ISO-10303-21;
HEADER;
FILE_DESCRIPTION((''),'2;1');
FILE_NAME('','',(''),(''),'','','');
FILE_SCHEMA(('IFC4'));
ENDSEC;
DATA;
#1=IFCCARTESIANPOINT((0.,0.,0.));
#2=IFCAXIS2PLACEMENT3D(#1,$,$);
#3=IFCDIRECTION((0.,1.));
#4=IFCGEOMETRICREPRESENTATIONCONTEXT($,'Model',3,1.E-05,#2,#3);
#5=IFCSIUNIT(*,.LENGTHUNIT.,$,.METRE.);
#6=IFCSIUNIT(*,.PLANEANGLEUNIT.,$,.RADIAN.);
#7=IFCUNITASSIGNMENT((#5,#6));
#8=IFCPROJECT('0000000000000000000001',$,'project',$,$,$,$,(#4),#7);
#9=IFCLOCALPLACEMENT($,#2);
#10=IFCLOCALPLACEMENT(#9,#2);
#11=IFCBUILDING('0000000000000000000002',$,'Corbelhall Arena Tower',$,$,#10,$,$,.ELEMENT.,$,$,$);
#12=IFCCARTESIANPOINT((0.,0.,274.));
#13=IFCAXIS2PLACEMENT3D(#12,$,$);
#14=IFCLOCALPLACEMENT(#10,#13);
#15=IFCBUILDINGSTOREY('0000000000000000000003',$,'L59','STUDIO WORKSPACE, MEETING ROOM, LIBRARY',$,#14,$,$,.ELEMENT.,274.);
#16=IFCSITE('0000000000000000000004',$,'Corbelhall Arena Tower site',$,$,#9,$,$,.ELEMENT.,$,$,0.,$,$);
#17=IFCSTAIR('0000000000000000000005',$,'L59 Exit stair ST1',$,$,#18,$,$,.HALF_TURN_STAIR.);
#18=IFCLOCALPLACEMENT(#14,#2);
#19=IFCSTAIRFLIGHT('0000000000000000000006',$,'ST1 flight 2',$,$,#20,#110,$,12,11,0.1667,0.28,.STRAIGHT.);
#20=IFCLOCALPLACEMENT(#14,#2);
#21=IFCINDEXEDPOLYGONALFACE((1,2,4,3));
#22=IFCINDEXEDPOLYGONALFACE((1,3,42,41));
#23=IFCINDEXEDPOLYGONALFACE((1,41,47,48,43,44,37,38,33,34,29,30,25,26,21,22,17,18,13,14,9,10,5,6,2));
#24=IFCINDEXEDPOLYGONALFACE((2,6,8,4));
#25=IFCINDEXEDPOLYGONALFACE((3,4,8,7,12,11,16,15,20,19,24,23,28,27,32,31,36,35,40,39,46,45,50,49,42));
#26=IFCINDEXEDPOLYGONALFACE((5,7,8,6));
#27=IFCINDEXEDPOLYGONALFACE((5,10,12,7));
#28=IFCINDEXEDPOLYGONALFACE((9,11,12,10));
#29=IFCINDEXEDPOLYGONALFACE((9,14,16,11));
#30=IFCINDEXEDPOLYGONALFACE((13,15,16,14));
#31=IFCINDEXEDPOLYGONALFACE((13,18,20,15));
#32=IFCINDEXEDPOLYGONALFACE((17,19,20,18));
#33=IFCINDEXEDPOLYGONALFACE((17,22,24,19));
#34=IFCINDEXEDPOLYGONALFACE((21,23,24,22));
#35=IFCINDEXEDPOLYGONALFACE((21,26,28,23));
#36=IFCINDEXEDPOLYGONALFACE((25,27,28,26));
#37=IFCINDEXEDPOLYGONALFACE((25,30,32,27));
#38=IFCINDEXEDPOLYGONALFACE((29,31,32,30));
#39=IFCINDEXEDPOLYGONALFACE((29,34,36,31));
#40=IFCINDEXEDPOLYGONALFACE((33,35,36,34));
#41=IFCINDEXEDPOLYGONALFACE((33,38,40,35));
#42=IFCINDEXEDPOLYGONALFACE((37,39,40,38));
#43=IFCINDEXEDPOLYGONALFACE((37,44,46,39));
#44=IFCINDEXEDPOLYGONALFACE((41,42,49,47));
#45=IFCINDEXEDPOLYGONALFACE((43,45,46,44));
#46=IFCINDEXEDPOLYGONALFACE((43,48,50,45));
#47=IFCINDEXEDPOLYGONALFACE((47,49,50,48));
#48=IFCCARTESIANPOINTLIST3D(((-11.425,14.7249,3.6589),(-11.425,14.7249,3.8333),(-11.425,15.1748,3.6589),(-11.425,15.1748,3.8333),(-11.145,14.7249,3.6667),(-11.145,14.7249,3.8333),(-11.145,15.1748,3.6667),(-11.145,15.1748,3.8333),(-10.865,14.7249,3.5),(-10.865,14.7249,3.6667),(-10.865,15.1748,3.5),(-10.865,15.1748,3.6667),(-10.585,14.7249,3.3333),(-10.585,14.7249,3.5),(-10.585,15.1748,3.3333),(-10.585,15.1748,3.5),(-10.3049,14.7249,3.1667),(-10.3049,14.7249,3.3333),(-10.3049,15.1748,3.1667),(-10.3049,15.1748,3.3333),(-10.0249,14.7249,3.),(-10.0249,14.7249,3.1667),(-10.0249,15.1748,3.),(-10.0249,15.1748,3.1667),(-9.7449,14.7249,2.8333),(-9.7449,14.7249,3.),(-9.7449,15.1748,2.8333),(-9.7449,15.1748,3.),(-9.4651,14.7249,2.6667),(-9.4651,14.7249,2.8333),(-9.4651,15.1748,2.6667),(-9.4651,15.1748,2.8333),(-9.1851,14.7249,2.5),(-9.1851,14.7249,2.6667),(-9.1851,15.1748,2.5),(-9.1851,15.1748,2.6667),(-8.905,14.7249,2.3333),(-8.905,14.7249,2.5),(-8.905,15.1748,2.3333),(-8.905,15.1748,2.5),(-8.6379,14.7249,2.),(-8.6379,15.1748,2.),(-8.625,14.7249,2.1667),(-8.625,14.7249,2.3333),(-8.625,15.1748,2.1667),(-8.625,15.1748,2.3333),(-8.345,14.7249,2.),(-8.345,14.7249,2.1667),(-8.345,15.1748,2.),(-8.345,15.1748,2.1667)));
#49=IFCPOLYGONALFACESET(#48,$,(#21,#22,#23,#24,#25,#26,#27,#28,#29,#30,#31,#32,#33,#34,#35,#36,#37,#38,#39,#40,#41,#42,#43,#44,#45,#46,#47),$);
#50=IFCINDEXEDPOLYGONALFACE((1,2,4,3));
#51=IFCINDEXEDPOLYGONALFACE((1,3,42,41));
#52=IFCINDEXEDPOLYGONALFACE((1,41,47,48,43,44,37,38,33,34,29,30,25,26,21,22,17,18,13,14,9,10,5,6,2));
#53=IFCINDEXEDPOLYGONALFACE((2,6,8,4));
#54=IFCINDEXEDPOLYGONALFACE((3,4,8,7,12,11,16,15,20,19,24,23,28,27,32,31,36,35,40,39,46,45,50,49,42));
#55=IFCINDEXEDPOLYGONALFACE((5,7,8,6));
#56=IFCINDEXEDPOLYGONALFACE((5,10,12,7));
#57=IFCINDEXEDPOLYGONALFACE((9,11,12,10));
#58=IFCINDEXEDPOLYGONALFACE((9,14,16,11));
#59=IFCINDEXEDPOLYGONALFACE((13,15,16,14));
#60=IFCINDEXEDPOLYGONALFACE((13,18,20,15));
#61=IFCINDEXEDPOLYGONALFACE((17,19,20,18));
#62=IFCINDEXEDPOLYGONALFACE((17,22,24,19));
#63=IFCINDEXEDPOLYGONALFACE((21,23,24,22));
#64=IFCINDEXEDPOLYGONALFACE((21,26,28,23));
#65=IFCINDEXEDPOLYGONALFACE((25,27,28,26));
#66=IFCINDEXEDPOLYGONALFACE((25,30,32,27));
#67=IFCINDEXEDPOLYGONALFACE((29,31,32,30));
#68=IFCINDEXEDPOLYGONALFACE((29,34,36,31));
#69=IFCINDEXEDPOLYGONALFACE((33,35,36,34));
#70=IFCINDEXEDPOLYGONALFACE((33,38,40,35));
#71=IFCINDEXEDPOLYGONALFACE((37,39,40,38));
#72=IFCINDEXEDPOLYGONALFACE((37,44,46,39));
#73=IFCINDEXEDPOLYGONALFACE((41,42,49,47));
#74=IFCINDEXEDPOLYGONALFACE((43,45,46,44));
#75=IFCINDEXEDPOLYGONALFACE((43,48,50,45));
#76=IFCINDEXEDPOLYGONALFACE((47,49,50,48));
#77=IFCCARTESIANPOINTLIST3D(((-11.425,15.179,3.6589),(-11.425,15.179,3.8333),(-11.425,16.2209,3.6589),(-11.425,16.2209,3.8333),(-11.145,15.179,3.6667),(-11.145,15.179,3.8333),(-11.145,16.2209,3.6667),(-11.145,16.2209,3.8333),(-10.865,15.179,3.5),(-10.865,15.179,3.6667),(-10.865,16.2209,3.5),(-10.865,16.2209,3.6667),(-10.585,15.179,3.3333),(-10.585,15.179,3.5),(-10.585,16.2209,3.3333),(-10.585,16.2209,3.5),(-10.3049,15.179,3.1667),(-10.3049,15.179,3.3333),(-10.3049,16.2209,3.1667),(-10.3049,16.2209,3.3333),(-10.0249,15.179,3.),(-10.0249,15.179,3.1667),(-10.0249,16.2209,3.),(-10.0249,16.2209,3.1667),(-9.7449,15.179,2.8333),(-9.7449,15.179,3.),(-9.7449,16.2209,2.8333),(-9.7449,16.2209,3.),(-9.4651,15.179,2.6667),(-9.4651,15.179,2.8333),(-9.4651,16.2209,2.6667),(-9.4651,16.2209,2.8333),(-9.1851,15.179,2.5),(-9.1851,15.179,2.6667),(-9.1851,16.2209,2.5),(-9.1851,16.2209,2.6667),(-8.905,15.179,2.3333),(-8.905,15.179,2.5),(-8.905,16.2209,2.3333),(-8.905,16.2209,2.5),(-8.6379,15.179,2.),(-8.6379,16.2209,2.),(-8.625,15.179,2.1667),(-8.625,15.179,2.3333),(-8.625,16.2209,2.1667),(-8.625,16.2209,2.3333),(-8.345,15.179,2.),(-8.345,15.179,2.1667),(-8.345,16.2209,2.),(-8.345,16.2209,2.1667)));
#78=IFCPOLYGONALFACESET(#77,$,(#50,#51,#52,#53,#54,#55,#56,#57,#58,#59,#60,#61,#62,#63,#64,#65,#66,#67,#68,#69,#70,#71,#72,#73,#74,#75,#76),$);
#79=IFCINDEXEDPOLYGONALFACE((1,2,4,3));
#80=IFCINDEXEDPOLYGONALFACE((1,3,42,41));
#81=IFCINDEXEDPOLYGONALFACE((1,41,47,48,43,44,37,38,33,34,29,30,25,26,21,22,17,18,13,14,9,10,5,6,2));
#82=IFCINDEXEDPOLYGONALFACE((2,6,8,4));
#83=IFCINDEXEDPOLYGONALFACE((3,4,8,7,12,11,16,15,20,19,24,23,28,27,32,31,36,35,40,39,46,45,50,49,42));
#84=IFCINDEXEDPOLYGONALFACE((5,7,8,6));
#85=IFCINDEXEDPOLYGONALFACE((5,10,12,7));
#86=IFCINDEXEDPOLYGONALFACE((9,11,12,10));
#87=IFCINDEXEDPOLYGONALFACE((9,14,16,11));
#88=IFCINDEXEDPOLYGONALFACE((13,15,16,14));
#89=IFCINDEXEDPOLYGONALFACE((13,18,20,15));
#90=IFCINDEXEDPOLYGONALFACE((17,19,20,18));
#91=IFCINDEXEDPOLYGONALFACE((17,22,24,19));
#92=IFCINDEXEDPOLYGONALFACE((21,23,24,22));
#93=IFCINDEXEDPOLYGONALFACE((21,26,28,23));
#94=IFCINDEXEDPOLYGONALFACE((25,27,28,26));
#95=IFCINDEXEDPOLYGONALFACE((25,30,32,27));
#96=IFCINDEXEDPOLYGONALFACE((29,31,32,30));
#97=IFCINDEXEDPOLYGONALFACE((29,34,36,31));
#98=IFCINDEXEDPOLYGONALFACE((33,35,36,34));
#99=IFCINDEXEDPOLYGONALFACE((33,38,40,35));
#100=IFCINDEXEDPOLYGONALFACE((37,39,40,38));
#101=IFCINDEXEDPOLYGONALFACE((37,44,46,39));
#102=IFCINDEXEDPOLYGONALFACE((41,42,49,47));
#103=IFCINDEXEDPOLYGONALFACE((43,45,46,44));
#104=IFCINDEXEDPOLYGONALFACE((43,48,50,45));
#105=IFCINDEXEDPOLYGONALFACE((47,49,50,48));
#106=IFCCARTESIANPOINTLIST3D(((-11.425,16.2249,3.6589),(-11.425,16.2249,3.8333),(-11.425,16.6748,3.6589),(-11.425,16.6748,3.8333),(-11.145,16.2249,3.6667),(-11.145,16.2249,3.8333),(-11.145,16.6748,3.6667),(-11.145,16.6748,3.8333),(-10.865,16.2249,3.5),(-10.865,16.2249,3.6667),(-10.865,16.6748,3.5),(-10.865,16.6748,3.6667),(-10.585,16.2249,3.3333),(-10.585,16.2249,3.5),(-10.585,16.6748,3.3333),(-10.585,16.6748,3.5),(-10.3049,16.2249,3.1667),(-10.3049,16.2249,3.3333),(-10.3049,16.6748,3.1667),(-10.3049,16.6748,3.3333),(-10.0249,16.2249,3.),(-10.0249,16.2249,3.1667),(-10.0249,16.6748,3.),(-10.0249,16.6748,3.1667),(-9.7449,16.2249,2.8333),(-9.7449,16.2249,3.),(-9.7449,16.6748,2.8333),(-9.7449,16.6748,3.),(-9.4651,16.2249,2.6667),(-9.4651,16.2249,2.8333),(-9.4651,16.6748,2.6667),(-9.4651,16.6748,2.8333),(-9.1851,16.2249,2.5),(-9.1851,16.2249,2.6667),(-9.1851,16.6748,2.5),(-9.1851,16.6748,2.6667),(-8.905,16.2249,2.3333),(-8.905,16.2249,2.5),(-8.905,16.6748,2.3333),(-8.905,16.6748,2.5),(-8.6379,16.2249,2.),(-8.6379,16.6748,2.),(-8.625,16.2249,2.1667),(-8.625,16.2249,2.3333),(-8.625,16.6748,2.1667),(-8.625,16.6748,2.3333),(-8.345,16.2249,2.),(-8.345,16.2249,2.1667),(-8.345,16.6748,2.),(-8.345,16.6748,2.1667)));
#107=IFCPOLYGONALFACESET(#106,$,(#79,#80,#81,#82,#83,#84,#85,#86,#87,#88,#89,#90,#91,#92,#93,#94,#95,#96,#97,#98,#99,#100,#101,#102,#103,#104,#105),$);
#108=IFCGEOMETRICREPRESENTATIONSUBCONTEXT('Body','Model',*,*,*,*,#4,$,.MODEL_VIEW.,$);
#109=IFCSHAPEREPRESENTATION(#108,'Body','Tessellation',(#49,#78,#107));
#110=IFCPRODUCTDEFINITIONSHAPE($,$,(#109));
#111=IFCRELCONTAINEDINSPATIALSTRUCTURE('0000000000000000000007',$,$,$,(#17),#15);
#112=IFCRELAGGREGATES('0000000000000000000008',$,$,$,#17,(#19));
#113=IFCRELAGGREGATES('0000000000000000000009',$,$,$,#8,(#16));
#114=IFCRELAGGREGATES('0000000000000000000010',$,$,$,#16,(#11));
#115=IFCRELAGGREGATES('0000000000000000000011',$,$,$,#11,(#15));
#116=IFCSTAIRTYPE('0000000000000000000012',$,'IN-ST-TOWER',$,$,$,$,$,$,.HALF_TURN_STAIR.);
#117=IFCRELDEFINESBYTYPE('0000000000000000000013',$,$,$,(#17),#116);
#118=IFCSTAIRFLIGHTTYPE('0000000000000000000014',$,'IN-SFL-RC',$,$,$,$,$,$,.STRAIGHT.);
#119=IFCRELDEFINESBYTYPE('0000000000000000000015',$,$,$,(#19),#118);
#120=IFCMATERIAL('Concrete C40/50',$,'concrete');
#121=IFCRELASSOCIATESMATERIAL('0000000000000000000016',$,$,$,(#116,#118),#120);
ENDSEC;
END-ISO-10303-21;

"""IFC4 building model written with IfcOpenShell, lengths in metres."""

from ifc_helpers import new_model, si_unit, direction, frame, origin, place, context, subcontext, project, spatial, polyline, outline, extrude, material, type_object, element, aggregate, save


model = new_model("IFC4")

# Units and contexts
model_context = context("Model", 3, precision=1e-05, world=origin(), true_north=direction((0.0, 1.0)))
body_context = subcontext(model_context, "Body", "Model", "MODEL_VIEW")
ifc_project = project(units=[si_unit("LENGTHUNIT", "METRE"), si_unit("PLANEANGLEUNIT", "RADIAN")], contexts=[model_context])

# Site, building, storey
site_placement = place(None, origin())
site = spatial("IfcSite", under=ifc_project, at=site_placement, Name="Corbelhall Arena Tower site", CompositionType="ELEMENT", RefElevation=0.0)
building_placement = place(site_placement, origin())
building = spatial("IfcBuilding", under=site, at=building_placement, Name="Corbelhall Arena Tower", CompositionType="ELEMENT")
storey_placement = place(building_placement, frame((0.0, 0.0, 274.0)))
storey = spatial("IfcBuildingStorey", under=building, at=storey_placement, Name="L59", Description="STUDIO WORKSPACE, MEETING ROOM, LIBRARY", CompositionType="ELEMENT", Elevation=274.0)

# Shared definitions
ifc_material_1 = material(Name="Concrete C40/50", Category="concrete")

# Stair, stair flight
stair_type = type_object("IfcStairType", Name="IN-ST-TOWER", PredefinedType="HALF_TURN_STAIR", material=ifc_material_1)
stair_placement = place(storey_placement, origin())
stair = element("IfcStair", 1, at=stair_placement, inside=storey, type_object=stair_type, Name="L59 Exit stair ST1", PredefinedType="HALF_TURN_STAIR")
stair_flight_type = type_object("IfcStairFlightType", Name="IN-SFL-RC", PredefinedType="STRAIGHT", material=ifc_material_1)
stair_flight_1_placement = place(storey_placement, frame((-8.345, 15.7, 2.0), z_axis=(0.0, 0.0, 1.0), x_axis=(-1.0, 0.0, 0.0)))
stair_flight_1 = element("IfcStairFlight", 2, at=stair_flight_1_placement, type_object=stair_flight_type, Name="ST1 flight 2", NumberOfRisers=12, NumberOfTreads=11, PredefinedType="STRAIGHT", RiserHeight=0.1667, TreadLength=0.28, context=body_context, shape_type="SweptSolid", body=[
    extrude(outline(polyline([(0.0, 0.0), (0.0, 0.1667), (0.28, 0.1667), (0.28, 0.3333), (0.5601, 0.3333), (0.5601, 0.5), (0.8401, 0.5), (0.8401, 0.6667), (1.1201, 0.6667), (1.1201, 0.8333), (1.3999, 0.8333), (1.3999, 1.0), (1.6799, 1.0), (1.6799, 1.1667), (1.96, 1.1667), (1.96, 1.3333), (2.24, 1.3333), (2.24, 1.5), (2.52, 1.5), (2.52, 1.6667), (2.8, 1.6667), (2.8, 1.8333), (3.0801, 1.8333), (3.0801, 2.0), (3.0801, 1.6589), (0.293, 0.0), (0.0, 0.0)])), frame((0.0, 0.9751, 0.0), z_axis=(0.0, -1.0, 0.0), x_axis=(1.0, 0.0, 0.0)), (0.0, 0.0, 1.0), 0.45),
    extrude(outline(polyline([(0.0, 0.0), (0.0, 0.1667), (0.28, 0.1667), (0.28, 0.3333), (0.5601, 0.3333), (0.5601, 0.5), (0.8401, 0.5), (0.8401, 0.6667), (1.1201, 0.6667), (1.1201, 0.8333), (1.3999, 0.8333), (1.3999, 1.0), (1.6799, 1.0), (1.6799, 1.1667), (1.96, 1.1667), (1.96, 1.3333), (2.24, 1.3333), (2.24, 1.5), (2.52, 1.5), (2.52, 1.6667), (2.8, 1.6667), (2.8, 1.8333), (3.0801, 1.8333), (3.0801, 2.0), (3.0801, 1.6589), (0.293, 0.0), (0.0, 0.0)])), frame((0.0, 0.521, 0.0), z_axis=(0.0, -1.0, 0.0), x_axis=(1.0, 0.0, 0.0)), (0.0, 0.0, 1.0), 1.042),
    extrude(outline(polyline([(0.0, 0.0), (0.0, 0.1667), (0.28, 0.1667), (0.28, 0.3333), (0.5601, 0.3333), (0.5601, 0.5), (0.8401, 0.5), (0.8401, 0.6667), (1.1201, 0.6667), (1.1201, 0.8333), (1.3999, 0.8333), (1.3999, 1.0), (1.6799, 1.0), (1.6799, 1.1667), (1.96, 1.1667), (1.96, 1.3333), (2.24, 1.3333), (2.24, 1.5), (2.52, 1.5), (2.52, 1.6667), (2.8, 1.6667), (2.8, 1.8333), (3.0801, 1.8333), (3.0801, 2.0), (3.0801, 1.6589), (0.293, 0.0), (0.0, 0.0)])), frame((0.0, -0.5249, 0.0), z_axis=(0.0, -1.0, 0.0), x_axis=(1.0, 0.0, 0.0)), (0.0, 0.0, 1.0), 0.45),
])
aggregate(stair, [stair_flight_1])

save(model, "model.ifc")
